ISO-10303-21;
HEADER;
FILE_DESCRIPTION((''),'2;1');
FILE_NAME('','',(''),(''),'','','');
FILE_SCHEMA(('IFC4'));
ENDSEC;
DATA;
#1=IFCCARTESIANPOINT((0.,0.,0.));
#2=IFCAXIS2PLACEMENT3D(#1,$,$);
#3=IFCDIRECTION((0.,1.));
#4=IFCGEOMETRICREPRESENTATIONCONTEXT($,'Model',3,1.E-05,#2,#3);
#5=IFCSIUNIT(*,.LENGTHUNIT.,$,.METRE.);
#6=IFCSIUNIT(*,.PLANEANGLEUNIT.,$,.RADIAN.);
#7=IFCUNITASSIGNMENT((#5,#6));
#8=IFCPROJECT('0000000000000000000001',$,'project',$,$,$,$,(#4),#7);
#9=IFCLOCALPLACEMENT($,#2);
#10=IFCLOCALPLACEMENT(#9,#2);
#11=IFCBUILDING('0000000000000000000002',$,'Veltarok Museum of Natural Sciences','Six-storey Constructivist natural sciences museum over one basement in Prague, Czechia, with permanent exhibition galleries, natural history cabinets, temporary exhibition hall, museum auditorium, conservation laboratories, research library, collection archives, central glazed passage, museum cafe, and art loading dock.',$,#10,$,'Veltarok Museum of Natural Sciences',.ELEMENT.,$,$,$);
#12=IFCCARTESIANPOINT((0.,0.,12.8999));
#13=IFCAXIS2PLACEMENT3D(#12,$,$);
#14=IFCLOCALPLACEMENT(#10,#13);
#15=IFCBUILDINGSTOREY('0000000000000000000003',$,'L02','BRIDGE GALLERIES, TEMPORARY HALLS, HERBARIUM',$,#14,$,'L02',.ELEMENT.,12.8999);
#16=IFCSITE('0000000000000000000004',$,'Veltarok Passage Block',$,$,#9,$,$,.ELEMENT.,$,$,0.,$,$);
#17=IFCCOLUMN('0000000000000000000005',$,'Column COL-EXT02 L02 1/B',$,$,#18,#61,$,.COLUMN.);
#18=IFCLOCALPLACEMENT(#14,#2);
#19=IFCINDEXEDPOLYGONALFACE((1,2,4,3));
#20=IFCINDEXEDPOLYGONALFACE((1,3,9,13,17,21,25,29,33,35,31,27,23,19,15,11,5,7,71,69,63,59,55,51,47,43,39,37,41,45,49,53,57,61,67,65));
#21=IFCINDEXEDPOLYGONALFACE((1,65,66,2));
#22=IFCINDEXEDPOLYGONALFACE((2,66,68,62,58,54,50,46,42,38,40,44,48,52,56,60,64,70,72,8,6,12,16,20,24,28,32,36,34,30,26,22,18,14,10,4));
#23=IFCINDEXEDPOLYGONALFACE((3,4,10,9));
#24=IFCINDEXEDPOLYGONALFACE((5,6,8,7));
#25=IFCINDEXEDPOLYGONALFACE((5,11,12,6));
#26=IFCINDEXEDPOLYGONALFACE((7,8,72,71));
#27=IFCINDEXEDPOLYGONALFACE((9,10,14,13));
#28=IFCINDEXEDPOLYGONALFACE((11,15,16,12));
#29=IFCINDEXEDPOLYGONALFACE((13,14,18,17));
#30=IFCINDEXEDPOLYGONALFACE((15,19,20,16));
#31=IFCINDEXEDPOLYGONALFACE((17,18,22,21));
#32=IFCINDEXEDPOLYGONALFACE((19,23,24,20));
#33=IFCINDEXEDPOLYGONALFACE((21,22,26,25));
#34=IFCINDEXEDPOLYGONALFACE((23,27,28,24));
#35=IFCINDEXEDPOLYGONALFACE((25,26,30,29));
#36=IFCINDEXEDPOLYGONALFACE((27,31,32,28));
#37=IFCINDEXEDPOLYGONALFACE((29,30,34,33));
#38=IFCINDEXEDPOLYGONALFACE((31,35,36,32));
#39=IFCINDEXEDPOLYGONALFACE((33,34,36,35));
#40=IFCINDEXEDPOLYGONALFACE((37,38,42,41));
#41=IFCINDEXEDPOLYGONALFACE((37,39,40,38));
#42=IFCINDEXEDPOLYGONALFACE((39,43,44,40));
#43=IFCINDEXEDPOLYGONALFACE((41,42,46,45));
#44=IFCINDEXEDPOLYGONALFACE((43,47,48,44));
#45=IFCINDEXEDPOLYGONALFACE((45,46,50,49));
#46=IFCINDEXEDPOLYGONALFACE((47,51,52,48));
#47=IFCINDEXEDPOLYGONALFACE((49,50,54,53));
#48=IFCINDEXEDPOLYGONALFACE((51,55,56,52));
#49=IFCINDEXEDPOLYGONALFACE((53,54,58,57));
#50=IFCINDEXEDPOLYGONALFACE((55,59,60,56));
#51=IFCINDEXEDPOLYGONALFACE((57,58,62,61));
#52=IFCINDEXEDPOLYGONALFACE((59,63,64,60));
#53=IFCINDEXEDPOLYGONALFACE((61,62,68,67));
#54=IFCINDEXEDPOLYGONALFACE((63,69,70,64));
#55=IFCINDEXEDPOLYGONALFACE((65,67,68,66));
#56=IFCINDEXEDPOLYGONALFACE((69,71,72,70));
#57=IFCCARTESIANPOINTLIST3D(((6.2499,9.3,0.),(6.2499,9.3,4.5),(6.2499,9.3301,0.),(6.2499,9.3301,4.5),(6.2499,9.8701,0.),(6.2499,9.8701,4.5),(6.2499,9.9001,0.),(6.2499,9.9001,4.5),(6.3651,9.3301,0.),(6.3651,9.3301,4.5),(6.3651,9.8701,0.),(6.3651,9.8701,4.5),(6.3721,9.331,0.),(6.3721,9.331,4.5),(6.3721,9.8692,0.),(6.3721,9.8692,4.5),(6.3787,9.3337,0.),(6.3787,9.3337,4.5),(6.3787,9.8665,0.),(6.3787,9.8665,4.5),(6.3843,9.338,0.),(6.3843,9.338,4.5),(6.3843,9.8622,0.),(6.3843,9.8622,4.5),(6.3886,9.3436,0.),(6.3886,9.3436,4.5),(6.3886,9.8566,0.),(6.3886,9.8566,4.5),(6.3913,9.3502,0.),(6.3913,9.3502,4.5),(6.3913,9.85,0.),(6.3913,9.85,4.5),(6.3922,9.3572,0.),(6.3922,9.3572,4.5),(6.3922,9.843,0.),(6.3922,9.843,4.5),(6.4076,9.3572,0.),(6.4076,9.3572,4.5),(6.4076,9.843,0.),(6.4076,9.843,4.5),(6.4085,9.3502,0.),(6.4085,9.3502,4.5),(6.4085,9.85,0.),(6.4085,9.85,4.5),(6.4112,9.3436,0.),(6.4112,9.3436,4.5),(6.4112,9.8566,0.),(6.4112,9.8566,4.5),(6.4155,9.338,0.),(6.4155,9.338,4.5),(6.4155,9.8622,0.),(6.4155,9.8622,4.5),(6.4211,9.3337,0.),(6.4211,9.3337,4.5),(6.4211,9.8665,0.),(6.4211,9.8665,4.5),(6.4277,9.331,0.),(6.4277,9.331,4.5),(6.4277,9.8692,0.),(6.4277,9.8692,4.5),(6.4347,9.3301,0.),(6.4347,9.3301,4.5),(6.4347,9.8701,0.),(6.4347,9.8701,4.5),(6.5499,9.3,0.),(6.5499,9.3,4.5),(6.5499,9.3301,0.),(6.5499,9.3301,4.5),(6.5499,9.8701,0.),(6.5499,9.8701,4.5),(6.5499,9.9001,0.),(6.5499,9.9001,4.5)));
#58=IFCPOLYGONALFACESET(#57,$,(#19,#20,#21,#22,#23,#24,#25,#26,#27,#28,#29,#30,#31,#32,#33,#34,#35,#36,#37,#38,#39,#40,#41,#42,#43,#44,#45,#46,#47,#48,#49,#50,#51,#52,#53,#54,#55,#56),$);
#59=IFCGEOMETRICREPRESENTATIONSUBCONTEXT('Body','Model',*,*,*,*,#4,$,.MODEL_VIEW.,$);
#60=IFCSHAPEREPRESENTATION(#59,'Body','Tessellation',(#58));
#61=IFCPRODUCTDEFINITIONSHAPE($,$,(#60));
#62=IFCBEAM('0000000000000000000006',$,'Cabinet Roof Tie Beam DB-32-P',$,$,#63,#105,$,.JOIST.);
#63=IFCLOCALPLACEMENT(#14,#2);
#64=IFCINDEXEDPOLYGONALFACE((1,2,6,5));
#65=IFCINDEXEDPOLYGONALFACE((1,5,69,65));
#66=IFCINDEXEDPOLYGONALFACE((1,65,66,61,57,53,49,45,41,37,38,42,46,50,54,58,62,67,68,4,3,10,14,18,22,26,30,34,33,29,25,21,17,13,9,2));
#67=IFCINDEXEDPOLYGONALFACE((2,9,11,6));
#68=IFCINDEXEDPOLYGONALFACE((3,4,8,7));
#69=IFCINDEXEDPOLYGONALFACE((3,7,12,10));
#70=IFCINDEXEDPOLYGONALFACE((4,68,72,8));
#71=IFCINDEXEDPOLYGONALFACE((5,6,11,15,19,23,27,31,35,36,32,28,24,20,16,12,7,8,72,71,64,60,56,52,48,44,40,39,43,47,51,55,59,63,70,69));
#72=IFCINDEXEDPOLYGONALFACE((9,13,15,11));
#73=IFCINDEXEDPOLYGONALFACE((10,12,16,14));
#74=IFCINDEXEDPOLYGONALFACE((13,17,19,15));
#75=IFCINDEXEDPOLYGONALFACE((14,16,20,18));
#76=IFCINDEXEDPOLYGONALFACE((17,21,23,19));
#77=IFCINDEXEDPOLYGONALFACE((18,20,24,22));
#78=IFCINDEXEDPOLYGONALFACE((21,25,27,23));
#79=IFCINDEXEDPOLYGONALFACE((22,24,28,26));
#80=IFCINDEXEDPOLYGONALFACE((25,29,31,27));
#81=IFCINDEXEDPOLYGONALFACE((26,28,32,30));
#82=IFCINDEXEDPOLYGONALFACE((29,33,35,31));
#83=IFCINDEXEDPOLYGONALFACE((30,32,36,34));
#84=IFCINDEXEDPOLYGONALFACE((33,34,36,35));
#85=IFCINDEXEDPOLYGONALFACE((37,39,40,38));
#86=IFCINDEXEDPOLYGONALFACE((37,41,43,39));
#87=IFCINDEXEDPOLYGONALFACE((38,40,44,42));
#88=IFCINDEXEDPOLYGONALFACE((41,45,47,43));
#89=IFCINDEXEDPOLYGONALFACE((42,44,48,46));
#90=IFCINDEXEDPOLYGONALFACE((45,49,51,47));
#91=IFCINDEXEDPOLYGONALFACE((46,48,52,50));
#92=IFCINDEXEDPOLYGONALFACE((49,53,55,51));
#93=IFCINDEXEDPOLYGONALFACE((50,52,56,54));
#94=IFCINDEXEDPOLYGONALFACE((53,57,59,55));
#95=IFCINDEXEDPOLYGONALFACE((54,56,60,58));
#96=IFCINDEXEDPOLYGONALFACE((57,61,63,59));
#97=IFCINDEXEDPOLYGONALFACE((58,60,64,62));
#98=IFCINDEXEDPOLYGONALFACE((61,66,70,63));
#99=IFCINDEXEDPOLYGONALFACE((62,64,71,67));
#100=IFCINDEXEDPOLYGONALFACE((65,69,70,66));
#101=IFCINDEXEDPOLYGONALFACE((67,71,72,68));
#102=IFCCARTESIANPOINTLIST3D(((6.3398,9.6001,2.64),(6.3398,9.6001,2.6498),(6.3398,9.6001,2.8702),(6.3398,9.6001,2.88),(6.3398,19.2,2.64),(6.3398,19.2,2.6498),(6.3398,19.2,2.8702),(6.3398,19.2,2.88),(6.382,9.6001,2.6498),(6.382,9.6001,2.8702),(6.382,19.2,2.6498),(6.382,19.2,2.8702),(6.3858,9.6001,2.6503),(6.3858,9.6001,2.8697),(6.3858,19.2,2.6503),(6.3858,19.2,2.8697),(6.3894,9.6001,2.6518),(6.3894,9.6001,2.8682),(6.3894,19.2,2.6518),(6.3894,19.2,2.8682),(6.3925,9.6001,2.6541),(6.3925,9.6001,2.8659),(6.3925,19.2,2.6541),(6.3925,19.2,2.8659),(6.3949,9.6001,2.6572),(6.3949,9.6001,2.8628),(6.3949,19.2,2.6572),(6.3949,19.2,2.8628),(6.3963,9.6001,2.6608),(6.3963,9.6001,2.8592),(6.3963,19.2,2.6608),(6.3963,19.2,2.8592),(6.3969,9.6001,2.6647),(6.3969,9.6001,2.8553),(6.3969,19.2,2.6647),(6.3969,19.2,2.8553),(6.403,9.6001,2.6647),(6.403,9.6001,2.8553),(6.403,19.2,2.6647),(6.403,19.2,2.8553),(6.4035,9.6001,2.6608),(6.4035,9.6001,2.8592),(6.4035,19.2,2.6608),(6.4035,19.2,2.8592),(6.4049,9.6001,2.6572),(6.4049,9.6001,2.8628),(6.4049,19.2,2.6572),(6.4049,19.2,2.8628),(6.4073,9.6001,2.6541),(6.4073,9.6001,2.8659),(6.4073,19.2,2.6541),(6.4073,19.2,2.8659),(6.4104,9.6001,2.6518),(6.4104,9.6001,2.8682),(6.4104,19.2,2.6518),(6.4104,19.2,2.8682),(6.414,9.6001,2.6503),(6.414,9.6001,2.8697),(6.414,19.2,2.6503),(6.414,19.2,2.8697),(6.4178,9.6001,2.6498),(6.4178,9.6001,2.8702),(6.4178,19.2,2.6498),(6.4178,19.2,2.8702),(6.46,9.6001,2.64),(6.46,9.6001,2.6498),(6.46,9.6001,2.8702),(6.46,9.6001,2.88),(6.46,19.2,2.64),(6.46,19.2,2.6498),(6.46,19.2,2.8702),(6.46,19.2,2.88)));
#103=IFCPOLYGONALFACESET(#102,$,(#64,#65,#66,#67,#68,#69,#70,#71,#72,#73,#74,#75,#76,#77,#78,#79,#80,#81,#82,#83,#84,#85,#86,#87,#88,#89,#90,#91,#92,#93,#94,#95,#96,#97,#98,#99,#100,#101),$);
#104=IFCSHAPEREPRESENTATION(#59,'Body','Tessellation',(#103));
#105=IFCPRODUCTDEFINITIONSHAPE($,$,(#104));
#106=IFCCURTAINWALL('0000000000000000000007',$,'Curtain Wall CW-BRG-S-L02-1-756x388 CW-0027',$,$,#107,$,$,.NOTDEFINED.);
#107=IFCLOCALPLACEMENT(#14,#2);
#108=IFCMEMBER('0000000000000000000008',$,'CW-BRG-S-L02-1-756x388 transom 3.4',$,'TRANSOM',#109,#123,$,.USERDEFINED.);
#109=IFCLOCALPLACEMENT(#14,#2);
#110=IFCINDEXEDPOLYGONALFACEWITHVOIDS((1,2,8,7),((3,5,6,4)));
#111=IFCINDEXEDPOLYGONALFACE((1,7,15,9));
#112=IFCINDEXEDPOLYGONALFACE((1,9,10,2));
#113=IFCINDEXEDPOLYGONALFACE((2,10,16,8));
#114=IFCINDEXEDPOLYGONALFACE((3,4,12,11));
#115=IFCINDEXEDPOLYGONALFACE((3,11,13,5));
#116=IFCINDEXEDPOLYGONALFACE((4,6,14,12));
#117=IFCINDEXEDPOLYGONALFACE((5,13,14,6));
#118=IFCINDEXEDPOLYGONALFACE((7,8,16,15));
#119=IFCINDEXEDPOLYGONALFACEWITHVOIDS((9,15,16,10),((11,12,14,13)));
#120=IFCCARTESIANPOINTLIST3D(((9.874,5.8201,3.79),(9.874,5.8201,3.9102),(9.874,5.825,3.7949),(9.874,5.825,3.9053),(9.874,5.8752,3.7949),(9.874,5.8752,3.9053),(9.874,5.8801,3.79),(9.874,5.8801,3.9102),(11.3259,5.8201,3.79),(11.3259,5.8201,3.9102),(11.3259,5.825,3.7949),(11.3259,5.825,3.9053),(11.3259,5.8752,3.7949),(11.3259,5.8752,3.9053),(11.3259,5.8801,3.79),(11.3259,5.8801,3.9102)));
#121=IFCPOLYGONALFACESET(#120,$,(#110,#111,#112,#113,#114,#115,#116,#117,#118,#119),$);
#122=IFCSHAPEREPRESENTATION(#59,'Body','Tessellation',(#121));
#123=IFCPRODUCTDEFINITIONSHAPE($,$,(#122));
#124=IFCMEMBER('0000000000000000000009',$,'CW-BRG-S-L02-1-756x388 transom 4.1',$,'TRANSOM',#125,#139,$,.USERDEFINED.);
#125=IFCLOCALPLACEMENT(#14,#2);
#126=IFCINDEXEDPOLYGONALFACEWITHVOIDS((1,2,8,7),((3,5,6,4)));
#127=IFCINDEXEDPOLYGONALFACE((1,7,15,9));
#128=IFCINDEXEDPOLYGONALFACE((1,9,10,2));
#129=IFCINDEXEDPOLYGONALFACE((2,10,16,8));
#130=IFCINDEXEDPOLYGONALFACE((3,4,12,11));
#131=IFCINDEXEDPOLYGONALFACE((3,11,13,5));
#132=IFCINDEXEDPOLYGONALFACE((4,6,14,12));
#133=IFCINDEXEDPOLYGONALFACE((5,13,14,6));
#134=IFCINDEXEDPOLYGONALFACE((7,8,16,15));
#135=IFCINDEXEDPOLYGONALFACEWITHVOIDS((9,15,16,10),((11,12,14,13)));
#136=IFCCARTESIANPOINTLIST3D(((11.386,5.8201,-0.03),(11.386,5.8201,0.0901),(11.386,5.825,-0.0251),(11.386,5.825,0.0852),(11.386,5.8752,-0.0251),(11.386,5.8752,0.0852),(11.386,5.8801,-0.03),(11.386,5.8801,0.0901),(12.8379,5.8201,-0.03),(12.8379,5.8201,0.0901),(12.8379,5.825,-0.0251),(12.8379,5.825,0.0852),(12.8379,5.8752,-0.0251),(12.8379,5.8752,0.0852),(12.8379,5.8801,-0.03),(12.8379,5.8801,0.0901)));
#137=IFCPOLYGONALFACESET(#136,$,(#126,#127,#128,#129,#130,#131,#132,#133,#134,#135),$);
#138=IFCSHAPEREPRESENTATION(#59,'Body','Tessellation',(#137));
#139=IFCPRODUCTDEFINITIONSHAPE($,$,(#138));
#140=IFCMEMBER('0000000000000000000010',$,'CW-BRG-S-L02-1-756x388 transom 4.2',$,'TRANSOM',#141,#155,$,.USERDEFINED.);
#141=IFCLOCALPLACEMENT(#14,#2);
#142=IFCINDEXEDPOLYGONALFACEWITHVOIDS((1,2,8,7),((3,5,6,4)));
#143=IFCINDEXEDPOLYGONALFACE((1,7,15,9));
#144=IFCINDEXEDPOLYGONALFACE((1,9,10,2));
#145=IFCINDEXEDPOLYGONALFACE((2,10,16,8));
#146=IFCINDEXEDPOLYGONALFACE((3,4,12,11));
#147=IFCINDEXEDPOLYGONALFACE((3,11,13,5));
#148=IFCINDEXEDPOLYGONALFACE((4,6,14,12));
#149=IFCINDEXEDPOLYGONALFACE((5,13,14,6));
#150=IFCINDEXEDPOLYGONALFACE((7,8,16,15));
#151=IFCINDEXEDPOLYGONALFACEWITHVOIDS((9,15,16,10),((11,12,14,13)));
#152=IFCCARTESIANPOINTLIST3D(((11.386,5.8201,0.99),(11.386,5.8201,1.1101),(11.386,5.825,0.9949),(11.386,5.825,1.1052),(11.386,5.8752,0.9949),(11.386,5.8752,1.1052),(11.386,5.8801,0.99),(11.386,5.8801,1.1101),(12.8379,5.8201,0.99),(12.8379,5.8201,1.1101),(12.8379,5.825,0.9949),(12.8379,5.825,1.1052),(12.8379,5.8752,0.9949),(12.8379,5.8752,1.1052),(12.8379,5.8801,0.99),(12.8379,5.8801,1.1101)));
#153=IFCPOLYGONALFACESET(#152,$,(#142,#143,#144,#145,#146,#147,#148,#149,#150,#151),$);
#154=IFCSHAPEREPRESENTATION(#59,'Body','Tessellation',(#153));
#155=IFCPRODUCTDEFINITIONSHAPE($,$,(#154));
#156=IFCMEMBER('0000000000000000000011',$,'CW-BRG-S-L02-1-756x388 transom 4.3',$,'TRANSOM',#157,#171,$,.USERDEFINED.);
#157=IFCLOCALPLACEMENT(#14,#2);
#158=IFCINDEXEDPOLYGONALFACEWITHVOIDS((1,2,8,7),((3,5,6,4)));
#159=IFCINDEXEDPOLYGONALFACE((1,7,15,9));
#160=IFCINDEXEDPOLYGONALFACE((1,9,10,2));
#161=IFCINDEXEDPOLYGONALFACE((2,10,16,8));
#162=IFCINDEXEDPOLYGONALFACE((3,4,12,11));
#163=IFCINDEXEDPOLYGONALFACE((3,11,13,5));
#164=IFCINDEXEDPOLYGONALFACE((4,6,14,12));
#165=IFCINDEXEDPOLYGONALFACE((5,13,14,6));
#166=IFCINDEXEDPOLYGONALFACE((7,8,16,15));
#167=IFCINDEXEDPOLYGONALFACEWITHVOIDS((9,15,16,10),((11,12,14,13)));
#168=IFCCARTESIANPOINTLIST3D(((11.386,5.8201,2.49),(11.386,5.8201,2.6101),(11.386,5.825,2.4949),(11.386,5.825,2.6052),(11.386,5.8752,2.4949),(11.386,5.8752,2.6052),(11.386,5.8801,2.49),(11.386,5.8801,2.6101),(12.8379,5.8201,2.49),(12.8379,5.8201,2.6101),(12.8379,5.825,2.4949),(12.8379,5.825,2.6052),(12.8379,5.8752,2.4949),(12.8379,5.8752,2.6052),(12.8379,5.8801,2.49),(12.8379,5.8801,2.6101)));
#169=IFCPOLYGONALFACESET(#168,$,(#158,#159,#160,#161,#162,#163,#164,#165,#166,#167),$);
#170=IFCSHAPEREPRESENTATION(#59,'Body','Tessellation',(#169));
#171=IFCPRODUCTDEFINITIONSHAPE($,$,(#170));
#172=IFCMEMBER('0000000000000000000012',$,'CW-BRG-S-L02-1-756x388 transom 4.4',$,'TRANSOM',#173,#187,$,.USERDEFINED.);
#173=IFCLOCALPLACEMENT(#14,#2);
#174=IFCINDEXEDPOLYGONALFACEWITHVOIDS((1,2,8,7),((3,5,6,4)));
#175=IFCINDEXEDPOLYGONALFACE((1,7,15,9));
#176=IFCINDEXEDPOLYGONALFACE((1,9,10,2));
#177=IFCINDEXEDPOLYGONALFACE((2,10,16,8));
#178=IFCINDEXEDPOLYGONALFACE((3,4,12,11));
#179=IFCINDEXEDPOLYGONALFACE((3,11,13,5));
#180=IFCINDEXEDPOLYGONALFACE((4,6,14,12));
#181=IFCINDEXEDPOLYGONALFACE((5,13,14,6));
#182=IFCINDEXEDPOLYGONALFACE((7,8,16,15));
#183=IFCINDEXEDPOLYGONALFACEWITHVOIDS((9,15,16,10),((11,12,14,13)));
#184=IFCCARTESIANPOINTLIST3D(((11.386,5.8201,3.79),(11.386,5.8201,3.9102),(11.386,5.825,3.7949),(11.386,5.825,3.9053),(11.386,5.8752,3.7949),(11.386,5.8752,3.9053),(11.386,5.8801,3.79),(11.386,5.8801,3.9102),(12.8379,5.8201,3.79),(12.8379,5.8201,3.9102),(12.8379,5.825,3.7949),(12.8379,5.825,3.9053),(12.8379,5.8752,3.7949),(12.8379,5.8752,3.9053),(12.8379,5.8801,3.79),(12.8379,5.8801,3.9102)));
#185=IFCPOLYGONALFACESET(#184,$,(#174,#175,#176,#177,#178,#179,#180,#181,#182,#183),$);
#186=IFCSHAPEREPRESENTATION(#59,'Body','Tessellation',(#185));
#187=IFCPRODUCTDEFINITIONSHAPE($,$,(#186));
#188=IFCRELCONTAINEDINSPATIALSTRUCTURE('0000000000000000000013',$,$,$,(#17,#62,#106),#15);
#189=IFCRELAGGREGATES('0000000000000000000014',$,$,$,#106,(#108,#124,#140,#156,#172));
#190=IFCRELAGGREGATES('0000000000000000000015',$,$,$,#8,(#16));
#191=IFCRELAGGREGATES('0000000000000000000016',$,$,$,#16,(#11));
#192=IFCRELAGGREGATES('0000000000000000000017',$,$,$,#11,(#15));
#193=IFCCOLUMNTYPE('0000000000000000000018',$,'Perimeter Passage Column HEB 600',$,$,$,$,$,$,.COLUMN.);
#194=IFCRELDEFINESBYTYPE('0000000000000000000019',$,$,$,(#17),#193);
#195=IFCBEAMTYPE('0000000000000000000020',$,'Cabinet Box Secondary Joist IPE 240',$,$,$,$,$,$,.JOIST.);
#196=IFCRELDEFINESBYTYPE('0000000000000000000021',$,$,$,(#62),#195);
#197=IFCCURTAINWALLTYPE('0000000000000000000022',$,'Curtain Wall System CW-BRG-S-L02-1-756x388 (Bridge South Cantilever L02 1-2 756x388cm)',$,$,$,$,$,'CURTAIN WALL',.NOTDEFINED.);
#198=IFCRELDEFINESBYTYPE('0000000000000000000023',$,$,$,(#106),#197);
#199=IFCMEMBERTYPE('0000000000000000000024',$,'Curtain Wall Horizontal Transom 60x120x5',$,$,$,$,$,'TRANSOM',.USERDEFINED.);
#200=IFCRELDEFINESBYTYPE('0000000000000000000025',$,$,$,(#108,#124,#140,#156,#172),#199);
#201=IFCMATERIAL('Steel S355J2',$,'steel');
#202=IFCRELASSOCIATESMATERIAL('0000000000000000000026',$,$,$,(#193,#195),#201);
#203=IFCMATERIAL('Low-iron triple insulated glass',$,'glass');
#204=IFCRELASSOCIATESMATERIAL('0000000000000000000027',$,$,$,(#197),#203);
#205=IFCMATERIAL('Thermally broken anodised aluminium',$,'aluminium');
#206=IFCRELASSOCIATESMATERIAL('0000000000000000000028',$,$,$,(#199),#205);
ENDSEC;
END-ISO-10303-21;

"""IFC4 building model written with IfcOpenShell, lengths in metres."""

from ifc_helpers import new_model, si_unit, direction, frame, origin, origin_2d, place, context, subcontext, project, spatial, hollow_rectangle, i_section, extrude, material, material_profile, profile_set, type_object, element, aggregate, save


model = new_model("IFC4")

# Units and contexts
model_context = context("Model", 3, precision=1e-05, world=origin(), true_north=direction((0.0, 1.0)))
body_context = subcontext(model_context, "Body", "Model", "MODEL_VIEW")
ifc_project = project(units=[si_unit("LENGTHUNIT", "METRE"), si_unit("PLANEANGLEUNIT", "RADIAN")], contexts=[model_context])

# Site, building, storey
site_placement = place(None, origin())
site = spatial("IfcSite", under=ifc_project, at=site_placement, Name="Veltarok Passage Block", CompositionType="ELEMENT", RefElevation=0.0)
building_placement = place(site_placement, origin())
building = spatial("IfcBuilding", under=site, at=building_placement, Name="Veltarok Museum of Natural Sciences", Description="Six-storey Constructivist natural sciences museum over one basement in Prague, Czechia, with permanent exhibition galleries, natural history cabinets, temporary exhibition hall, museum auditorium, conservation laboratories, research library, collection archives, central glazed passage, museum cafe, and art loading dock.", LongName="Veltarok Museum of Natural Sciences", CompositionType="ELEMENT")
storey_placement = place(building_placement, frame((0.0, 0.0, 12.8999)))
storey = spatial("IfcBuildingStorey", under=building, at=storey_placement, Name="L02", Description="BRIDGE GALLERIES, TEMPORARY HALLS, HERBARIUM", LongName="L02", CompositionType="ELEMENT", Elevation=12.8999)

# Column
ifc_material_1 = material(Name="Steel S355J2", Category="steel")
ifc_material_profile_1 = material_profile(ifc_material_1, i_section(OverallWidth=0.3, OverallDepth=0.6001, WebThickness=0.0154, FlangeThickness=0.03, FilletRadius=0.0271, at=origin_2d()), Name="HEB 600")
ifc_profile_set_1 = profile_set([ifc_material_profile_1], Name="Steel S355J2")
column_type = type_object("IfcColumnType", Name="Perimeter Passage Column HEB 600", PredefinedType="COLUMN", material=ifc_profile_set_1)
column_placement = place(storey_placement, frame((6.3999, 9.6001, 0.0), z_axis=(0.0, 0.0, 1.0), x_axis=(1.0, 0.0, 0.0)))
element("IfcColumn", 1, at=column_placement, inside=storey, type_object=column_type, Name="Column COL-EXT02 L02 1/B", PredefinedType="COLUMN", context=body_context, shape_type="SweptSolid", body=[
    extrude(i_section(OverallWidth=0.3, OverallDepth=0.6001, WebThickness=0.0154, FlangeThickness=0.03, FilletRadius=0.0271, at=origin_2d()), origin(), (0.0, 0.0, 1.0), 4.5),
])

# Beam
ifc_material_profile_2 = material_profile(ifc_material_1, i_section(OverallWidth=0.1201, OverallDepth=0.24, WebThickness=0.0061, FlangeThickness=0.0098, FilletRadius=0.0149, at=origin_2d()), Name="IPE 240")
ifc_profile_set_2 = profile_set([ifc_material_profile_2], Name="Steel S355J2")
beam_type_1 = type_object("IfcBeamType", Name="Cabinet Box Secondary Joist IPE 240", PredefinedType="JOIST", material=ifc_profile_set_2)
beam_1_placement = place(storey_placement, frame((6.3999, 9.6001, 2.76), z_axis=(0.0, 1.0, 0.0), x_axis=(-1.0, 0.0, 0.0)))
element("IfcBeam", 2, at=beam_1_placement, inside=storey, type_object=beam_type_1, Name="Cabinet Roof Tie Beam DB-32-P", PredefinedType="JOIST", context=body_context, shape_type="SweptSolid", body=[
    extrude(i_section(OverallWidth=0.1201, OverallDepth=0.24, WebThickness=0.0061, FlangeThickness=0.0098, FilletRadius=0.0149, at=origin_2d()), origin(), (0.0, 0.0, 1.0), 9.5999),
])

# Curtain wall, members
ifc_material_2 = material(Name="Low-iron triple insulated glass", Category="glass")
curtain_wall_type = type_object("IfcCurtainWallType", Name="Curtain Wall System CW-BRG-S-L02-1-756x388 (Bridge South Cantilever L02 1-2 756x388cm)", ElementType="CURTAIN WALL", PredefinedType="NOTDEFINED", material=ifc_material_2)
curtain_wall_placement = place(storey_placement, origin())
curtain_wall = element("IfcCurtainWall", 3, at=curtain_wall_placement, inside=storey, type_object=curtain_wall_type, Name="Curtain Wall CW-BRG-S-L02-1-756x388 CW-0027", PredefinedType="NOTDEFINED")
ifc_material_3 = material(Name="Thermally broken anodised aluminium", Category="aluminium")
ifc_material_profile_3 = material_profile(ifc_material_3, hollow_rectangle(XDim=0.0601, YDim=0.1201, WallThickness=0.0049, at=origin_2d()), Name="CW TRANSOM 60x120x5")
ifc_profile_set_3 = profile_set([ifc_material_profile_3], Name="Thermally broken anodised aluminium")
member_type_1 = type_object("IfcMemberType", Name="Curtain Wall Horizontal Transom 60x120x5", ElementType="TRANSOM", PredefinedType="USERDEFINED", material=ifc_profile_set_3)
member_1_placement = place(storey_placement, frame((9.874, 5.8501, 3.8501), z_axis=(1.0, 0.0, 0.0), x_axis=(0.0, 1.0, 0.0)))
member_1 = element("IfcMember", 4, at=member_1_placement, type_object=member_type_1, Name="CW-BRG-S-L02-1-756x388 transom 3.4", ObjectType="TRANSOM", PredefinedType="USERDEFINED", context=body_context, shape_type="SweptSolid", body=[
    extrude(hollow_rectangle(XDim=0.0601, YDim=0.1201, WallThickness=0.0049, at=origin_2d()), origin(), (0.0, 0.0, 1.0), 1.4519),
])
member_2_placement = place(storey_placement, frame((11.386, 5.8501, 0.03), z_axis=(1.0, 0.0, 0.0), x_axis=(0.0, 1.0, 0.0)))
member_2 = element("IfcMember", 5, at=member_2_placement, type_object=member_type_1, Name="CW-BRG-S-L02-1-756x388 transom 4.1", ObjectType="TRANSOM", PredefinedType="USERDEFINED", context=body_context, shape_type="SweptSolid", body=[
    extrude(hollow_rectangle(XDim=0.0601, YDim=0.1201, WallThickness=0.0049, at=origin_2d()), origin(), (0.0, 0.0, 1.0), 1.4519),
])
member_3_placement = place(storey_placement, frame((11.386, 5.8501, 1.05), z_axis=(1.0, 0.0, 0.0), x_axis=(0.0, 1.0, 0.0)))
member_3 = element("IfcMember", 6, at=member_3_placement, type_object=member_type_1, Name="CW-BRG-S-L02-1-756x388 transom 4.2", ObjectType="TRANSOM", PredefinedType="USERDEFINED", context=body_context, shape_type="SweptSolid", body=[
    extrude(hollow_rectangle(XDim=0.0601, YDim=0.1201, WallThickness=0.0049, at=origin_2d()), origin(), (0.0, 0.0, 1.0), 1.4519),
])
member_4_placement = place(storey_placement, frame((11.386, 5.8501, 2.55), z_axis=(1.0, 0.0, 0.0), x_axis=(0.0, 1.0, 0.0)))
member_4 = element("IfcMember", 7, at=member_4_placement, type_object=member_type_1, Name="CW-BRG-S-L02-1-756x388 transom 4.3", ObjectType="TRANSOM", PredefinedType="USERDEFINED", context=body_context, shape_type="SweptSolid", body=[
    extrude(hollow_rectangle(XDim=0.0601, YDim=0.1201, WallThickness=0.0049, at=origin_2d()), origin(), (0.0, 0.0, 1.0), 1.4519),
])
member_5_placement = place(storey_placement, frame((11.386, 5.8501, 3.8501), z_axis=(1.0, 0.0, 0.0), x_axis=(0.0, 1.0, 0.0)))
member_5 = element("IfcMember", 8, at=member_5_placement, type_object=member_type_1, Name="CW-BRG-S-L02-1-756x388 transom 4.4", ObjectType="TRANSOM", PredefinedType="USERDEFINED", context=body_context, shape_type="SweptSolid", body=[
    extrude(hollow_rectangle(XDim=0.0601, YDim=0.1201, WallThickness=0.0049, at=origin_2d()), origin(), (0.0, 0.0, 1.0), 1.4519),
])

aggregate(curtain_wall, [member_1, member_2, member_3, member_4, member_5])

save(model, "model.ifc")
